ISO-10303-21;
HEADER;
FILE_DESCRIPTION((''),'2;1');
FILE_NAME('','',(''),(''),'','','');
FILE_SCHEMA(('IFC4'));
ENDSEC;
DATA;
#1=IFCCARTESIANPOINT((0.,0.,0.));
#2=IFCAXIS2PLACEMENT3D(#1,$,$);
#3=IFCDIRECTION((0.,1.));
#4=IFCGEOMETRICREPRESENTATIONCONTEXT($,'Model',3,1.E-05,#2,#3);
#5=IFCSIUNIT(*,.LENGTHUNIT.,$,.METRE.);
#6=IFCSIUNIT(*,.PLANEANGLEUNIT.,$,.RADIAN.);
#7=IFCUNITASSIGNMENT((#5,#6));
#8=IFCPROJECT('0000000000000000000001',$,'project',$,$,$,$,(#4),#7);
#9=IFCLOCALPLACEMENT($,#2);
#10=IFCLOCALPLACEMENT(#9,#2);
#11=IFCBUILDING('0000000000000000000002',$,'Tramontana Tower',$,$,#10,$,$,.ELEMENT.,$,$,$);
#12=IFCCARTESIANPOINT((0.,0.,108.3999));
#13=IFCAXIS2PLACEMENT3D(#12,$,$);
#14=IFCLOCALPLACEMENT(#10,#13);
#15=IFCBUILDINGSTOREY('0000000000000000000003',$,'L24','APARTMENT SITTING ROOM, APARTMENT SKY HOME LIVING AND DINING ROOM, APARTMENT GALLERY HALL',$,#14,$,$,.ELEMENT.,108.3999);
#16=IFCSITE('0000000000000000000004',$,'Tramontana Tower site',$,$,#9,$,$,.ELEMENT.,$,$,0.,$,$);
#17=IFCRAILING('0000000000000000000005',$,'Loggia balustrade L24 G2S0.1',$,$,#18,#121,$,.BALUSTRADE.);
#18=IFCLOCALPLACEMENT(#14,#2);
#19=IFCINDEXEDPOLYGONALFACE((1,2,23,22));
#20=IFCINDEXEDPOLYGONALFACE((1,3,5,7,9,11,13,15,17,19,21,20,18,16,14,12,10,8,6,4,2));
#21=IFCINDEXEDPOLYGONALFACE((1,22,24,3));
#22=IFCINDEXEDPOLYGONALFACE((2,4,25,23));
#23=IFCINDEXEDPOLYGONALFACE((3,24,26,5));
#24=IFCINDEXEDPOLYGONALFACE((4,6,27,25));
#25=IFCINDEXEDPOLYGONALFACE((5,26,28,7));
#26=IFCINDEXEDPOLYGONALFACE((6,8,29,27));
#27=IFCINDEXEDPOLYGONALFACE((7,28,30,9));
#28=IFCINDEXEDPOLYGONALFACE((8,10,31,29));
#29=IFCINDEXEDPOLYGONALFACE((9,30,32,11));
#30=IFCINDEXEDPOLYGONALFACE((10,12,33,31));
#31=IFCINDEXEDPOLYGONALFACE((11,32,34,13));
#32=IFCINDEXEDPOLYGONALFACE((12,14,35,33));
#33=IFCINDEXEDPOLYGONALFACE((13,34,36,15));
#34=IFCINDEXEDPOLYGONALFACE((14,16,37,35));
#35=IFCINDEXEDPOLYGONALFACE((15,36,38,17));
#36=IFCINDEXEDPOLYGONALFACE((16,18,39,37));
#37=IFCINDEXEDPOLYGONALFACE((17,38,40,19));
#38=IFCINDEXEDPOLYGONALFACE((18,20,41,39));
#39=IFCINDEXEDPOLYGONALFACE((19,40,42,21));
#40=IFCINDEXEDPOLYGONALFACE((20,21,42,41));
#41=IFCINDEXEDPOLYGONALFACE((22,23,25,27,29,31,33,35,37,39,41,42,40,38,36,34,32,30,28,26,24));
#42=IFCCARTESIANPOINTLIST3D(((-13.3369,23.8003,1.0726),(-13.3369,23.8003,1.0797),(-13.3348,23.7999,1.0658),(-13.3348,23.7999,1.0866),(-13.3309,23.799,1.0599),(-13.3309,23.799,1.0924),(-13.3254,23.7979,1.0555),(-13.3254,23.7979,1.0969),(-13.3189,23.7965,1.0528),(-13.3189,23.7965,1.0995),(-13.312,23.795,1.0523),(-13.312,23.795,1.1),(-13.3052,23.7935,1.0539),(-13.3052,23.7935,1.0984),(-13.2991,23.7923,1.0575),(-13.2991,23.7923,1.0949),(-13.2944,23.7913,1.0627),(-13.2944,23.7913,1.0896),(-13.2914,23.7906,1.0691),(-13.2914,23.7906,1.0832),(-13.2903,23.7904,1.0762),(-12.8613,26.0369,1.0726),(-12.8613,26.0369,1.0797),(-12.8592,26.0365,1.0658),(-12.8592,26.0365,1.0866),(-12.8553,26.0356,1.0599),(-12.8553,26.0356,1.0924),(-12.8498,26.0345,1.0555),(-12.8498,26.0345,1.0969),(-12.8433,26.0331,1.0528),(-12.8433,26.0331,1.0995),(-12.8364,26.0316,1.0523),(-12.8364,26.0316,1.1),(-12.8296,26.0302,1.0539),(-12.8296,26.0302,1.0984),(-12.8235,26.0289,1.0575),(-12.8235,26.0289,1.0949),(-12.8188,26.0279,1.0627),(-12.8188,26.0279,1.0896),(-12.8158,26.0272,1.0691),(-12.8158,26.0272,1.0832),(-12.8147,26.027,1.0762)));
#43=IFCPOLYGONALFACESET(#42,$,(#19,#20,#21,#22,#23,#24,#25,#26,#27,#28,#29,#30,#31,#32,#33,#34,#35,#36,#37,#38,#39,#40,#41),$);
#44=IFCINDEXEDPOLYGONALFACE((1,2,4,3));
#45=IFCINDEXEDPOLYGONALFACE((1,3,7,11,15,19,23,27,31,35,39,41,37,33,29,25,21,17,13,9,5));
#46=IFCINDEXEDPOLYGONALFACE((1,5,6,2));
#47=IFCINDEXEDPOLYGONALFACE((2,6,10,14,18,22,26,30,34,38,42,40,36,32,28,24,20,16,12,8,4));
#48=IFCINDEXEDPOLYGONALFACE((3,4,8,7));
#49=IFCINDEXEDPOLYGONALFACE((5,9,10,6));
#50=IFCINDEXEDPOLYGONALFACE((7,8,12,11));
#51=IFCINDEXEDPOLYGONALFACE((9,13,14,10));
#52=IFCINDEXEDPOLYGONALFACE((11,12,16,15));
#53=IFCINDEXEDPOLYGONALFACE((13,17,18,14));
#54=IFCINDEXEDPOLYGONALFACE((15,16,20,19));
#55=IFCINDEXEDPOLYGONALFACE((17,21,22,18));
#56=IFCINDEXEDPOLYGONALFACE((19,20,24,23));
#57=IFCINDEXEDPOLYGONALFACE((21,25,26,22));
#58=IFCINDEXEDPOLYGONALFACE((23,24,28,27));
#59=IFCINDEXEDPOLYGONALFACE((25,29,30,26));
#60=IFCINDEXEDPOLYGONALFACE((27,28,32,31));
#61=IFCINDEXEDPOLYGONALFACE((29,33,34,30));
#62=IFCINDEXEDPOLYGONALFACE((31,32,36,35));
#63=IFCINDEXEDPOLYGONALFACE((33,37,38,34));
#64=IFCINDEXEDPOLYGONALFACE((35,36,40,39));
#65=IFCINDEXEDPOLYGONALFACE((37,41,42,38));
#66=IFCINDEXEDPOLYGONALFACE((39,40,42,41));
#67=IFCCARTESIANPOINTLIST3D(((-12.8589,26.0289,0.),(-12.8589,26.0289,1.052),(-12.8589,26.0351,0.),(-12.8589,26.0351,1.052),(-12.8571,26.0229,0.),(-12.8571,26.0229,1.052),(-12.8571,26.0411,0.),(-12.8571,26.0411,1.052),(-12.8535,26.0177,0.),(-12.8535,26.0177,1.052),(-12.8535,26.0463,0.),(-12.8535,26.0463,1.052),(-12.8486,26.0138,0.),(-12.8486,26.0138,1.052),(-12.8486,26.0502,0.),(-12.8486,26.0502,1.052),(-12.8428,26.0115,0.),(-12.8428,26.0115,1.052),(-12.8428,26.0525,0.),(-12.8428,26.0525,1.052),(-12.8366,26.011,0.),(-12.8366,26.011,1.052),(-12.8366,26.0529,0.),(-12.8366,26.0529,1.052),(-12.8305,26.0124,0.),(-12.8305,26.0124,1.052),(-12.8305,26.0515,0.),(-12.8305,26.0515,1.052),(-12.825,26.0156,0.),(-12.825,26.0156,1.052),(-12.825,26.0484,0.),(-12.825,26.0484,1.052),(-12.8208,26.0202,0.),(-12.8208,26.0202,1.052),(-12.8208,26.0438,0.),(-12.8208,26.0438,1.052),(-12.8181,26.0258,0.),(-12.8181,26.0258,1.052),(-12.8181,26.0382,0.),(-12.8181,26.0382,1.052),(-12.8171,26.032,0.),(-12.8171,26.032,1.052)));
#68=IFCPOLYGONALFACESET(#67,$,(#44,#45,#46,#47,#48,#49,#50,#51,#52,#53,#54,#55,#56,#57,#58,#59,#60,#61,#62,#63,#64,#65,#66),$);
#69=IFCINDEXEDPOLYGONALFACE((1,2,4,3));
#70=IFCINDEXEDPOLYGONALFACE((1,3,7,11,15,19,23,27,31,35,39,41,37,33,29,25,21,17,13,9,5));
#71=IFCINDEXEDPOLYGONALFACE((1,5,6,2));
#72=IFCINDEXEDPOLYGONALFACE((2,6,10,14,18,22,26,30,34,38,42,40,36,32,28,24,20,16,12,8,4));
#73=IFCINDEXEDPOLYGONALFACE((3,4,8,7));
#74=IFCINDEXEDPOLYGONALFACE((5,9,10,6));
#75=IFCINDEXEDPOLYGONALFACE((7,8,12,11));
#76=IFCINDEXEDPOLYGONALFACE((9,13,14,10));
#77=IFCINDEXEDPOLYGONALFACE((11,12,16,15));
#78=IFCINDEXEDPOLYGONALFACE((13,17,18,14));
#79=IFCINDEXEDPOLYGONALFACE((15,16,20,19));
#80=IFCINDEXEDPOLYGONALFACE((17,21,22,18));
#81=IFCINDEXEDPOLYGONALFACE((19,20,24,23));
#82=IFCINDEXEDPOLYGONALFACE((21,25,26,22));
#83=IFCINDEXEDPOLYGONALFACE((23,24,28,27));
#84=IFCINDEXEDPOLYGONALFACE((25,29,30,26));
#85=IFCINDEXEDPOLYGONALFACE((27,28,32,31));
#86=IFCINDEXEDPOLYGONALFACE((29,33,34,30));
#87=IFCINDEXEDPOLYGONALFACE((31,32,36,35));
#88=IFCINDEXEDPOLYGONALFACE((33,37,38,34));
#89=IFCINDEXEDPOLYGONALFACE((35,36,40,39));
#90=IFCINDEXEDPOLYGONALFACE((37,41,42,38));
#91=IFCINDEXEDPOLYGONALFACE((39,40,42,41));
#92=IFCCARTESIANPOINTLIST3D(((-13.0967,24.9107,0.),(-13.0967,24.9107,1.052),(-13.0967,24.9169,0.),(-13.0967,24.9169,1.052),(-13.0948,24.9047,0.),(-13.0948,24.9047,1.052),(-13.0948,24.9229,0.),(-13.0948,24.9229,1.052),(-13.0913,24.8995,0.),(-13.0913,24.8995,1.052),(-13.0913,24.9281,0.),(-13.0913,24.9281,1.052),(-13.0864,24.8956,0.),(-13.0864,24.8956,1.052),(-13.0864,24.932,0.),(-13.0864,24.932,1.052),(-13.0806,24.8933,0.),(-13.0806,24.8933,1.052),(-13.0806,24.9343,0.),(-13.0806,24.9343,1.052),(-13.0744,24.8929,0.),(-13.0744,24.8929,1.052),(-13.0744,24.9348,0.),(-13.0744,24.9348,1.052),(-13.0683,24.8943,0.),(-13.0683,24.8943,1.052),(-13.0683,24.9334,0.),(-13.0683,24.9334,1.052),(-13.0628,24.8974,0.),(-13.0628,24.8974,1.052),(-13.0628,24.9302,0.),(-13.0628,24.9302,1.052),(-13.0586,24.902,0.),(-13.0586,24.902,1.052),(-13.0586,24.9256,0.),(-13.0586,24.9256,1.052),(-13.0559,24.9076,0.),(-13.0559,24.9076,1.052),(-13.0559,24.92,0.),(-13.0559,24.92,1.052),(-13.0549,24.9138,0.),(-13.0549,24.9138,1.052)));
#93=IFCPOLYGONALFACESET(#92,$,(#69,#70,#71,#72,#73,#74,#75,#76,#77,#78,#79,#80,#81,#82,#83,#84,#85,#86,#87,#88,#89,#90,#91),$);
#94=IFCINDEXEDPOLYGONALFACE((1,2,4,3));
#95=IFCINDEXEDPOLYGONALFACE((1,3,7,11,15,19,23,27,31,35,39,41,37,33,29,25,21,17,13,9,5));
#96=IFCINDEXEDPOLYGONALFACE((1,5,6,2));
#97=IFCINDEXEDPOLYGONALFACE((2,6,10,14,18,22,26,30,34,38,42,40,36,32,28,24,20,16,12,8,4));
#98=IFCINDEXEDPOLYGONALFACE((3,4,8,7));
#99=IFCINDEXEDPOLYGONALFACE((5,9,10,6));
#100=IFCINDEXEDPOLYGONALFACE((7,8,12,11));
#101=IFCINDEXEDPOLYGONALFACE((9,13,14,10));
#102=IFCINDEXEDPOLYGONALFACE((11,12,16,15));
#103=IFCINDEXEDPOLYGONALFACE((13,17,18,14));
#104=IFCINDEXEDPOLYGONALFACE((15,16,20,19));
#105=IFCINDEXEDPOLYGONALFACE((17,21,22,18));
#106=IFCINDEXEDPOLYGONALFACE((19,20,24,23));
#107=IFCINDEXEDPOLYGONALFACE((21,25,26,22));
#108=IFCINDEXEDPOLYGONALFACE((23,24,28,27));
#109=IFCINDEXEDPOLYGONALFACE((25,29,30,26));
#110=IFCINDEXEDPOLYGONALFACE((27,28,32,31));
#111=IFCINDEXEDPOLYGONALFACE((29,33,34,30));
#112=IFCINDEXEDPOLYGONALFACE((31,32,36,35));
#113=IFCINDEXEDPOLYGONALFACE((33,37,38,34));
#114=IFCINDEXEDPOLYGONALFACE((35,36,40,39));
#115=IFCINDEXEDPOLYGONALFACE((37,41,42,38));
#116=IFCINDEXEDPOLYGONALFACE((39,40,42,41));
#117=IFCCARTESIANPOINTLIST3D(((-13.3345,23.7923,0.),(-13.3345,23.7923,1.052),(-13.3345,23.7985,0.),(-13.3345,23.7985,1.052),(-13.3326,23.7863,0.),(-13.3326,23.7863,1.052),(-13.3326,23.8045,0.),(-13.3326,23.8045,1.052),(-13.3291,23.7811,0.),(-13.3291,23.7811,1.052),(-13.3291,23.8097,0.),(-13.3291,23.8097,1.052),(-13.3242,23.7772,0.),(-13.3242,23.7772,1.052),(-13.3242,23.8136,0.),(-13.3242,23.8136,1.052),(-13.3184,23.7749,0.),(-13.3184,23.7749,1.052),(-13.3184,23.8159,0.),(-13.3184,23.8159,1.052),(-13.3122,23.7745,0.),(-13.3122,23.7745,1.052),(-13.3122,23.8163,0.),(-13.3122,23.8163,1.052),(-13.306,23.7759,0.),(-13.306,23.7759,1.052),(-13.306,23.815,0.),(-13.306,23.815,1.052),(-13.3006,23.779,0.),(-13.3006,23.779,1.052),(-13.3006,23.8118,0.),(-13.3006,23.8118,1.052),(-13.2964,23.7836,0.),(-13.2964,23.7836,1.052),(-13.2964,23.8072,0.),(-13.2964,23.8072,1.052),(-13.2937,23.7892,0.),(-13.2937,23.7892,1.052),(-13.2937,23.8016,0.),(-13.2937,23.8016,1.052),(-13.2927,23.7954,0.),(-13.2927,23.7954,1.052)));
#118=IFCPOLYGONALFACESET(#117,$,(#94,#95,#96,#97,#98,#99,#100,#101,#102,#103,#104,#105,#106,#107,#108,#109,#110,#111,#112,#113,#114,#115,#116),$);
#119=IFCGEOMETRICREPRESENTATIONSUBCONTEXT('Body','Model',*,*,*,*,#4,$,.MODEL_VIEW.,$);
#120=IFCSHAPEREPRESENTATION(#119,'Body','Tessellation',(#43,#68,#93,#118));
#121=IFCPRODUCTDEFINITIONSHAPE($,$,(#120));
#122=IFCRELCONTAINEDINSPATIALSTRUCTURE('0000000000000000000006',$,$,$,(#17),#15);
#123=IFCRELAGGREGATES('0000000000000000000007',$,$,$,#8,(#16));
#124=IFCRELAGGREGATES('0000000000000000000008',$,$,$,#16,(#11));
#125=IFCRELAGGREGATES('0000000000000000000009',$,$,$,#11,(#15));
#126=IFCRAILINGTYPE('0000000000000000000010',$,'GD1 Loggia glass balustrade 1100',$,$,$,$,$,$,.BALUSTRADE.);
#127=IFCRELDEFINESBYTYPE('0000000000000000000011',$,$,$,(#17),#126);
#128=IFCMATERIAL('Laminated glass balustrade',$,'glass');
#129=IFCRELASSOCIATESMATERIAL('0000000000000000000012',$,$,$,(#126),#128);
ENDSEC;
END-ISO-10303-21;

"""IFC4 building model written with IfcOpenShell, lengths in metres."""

from ifc_helpers import new_model, si_unit, direction, frame, origin, origin_2d, place, context, subcontext, project, spatial, circle, extrude, material, type_object, element, save


model = new_model("IFC4")

# Units and contexts
model_context = context("Model", 3, precision=1e-05, world=origin(), true_north=direction((0.0, 1.0)))
body_context = subcontext(model_context, "Body", "Model", "MODEL_VIEW")
ifc_project = project(units=[si_unit("LENGTHUNIT", "METRE"), si_unit("PLANEANGLEUNIT", "RADIAN")], contexts=[model_context])

# Site, building, storey
site_placement = place(None, origin())
site = spatial("IfcSite", under=ifc_project, at=site_placement, Name="Tramontana Tower site", CompositionType="ELEMENT", RefElevation=0.0)
building_placement = place(site_placement, origin())
building = spatial("IfcBuilding", under=site, at=building_placement, Name="Tramontana Tower", CompositionType="ELEMENT")
storey_placement = place(building_placement, frame((0.0, 0.0, 108.3999)))
storey = spatial("IfcBuildingStorey", under=building, at=storey_placement, Name="L24", Description="APARTMENT SITTING ROOM, APARTMENT SKY HOME LIVING AND DINING ROOM, APARTMENT GALLERY HALL", CompositionType="ELEMENT", Elevation=108.3999)

# Railing
ifc_material_1 = material(Name="Laminated glass balustrade", Category="glass")
railing_type = type_object("IfcRailingType", Name="GD1 Loggia glass balustrade 1100", PredefinedType="BALUSTRADE", material=ifc_material_1)
railing_1_placement = place(storey_placement, frame((-12.8381, 26.032, 0.0)))
element("IfcRailing", 1, at=railing_1_placement, inside=storey, type_object=railing_type, Name="Loggia balustrade L24 G2S0.1", PredefinedType="BALUSTRADE", context=body_context, shape_type="SweptSolid", body=[
    extrude(circle(Radius=0.0239, at=origin_2d()), frame((0.0, 0.0, 1.0762), z_axis=(-0.20799, -0.978131, 0.0), x_axis=(0.978131, -0.20799, 0.0)), (0.0, 0.0, 1.0), 2.2866),
    extrude(circle(Radius=0.021, at=origin_2d()), origin(), (0.0, 0.0, 1.0), 1.052),
    extrude(circle(Radius=0.021, at=origin_2d()), frame((-0.2378, -1.1182, 0.0)), (0.0, 0.0, 1.0), 1.052),
    extrude(circle(Radius=0.021, at=origin_2d()), frame((-0.4756, -2.2366, 0.0)), (0.0, 0.0, 1.0), 1.052),
])

save(model, "model.ifc")
